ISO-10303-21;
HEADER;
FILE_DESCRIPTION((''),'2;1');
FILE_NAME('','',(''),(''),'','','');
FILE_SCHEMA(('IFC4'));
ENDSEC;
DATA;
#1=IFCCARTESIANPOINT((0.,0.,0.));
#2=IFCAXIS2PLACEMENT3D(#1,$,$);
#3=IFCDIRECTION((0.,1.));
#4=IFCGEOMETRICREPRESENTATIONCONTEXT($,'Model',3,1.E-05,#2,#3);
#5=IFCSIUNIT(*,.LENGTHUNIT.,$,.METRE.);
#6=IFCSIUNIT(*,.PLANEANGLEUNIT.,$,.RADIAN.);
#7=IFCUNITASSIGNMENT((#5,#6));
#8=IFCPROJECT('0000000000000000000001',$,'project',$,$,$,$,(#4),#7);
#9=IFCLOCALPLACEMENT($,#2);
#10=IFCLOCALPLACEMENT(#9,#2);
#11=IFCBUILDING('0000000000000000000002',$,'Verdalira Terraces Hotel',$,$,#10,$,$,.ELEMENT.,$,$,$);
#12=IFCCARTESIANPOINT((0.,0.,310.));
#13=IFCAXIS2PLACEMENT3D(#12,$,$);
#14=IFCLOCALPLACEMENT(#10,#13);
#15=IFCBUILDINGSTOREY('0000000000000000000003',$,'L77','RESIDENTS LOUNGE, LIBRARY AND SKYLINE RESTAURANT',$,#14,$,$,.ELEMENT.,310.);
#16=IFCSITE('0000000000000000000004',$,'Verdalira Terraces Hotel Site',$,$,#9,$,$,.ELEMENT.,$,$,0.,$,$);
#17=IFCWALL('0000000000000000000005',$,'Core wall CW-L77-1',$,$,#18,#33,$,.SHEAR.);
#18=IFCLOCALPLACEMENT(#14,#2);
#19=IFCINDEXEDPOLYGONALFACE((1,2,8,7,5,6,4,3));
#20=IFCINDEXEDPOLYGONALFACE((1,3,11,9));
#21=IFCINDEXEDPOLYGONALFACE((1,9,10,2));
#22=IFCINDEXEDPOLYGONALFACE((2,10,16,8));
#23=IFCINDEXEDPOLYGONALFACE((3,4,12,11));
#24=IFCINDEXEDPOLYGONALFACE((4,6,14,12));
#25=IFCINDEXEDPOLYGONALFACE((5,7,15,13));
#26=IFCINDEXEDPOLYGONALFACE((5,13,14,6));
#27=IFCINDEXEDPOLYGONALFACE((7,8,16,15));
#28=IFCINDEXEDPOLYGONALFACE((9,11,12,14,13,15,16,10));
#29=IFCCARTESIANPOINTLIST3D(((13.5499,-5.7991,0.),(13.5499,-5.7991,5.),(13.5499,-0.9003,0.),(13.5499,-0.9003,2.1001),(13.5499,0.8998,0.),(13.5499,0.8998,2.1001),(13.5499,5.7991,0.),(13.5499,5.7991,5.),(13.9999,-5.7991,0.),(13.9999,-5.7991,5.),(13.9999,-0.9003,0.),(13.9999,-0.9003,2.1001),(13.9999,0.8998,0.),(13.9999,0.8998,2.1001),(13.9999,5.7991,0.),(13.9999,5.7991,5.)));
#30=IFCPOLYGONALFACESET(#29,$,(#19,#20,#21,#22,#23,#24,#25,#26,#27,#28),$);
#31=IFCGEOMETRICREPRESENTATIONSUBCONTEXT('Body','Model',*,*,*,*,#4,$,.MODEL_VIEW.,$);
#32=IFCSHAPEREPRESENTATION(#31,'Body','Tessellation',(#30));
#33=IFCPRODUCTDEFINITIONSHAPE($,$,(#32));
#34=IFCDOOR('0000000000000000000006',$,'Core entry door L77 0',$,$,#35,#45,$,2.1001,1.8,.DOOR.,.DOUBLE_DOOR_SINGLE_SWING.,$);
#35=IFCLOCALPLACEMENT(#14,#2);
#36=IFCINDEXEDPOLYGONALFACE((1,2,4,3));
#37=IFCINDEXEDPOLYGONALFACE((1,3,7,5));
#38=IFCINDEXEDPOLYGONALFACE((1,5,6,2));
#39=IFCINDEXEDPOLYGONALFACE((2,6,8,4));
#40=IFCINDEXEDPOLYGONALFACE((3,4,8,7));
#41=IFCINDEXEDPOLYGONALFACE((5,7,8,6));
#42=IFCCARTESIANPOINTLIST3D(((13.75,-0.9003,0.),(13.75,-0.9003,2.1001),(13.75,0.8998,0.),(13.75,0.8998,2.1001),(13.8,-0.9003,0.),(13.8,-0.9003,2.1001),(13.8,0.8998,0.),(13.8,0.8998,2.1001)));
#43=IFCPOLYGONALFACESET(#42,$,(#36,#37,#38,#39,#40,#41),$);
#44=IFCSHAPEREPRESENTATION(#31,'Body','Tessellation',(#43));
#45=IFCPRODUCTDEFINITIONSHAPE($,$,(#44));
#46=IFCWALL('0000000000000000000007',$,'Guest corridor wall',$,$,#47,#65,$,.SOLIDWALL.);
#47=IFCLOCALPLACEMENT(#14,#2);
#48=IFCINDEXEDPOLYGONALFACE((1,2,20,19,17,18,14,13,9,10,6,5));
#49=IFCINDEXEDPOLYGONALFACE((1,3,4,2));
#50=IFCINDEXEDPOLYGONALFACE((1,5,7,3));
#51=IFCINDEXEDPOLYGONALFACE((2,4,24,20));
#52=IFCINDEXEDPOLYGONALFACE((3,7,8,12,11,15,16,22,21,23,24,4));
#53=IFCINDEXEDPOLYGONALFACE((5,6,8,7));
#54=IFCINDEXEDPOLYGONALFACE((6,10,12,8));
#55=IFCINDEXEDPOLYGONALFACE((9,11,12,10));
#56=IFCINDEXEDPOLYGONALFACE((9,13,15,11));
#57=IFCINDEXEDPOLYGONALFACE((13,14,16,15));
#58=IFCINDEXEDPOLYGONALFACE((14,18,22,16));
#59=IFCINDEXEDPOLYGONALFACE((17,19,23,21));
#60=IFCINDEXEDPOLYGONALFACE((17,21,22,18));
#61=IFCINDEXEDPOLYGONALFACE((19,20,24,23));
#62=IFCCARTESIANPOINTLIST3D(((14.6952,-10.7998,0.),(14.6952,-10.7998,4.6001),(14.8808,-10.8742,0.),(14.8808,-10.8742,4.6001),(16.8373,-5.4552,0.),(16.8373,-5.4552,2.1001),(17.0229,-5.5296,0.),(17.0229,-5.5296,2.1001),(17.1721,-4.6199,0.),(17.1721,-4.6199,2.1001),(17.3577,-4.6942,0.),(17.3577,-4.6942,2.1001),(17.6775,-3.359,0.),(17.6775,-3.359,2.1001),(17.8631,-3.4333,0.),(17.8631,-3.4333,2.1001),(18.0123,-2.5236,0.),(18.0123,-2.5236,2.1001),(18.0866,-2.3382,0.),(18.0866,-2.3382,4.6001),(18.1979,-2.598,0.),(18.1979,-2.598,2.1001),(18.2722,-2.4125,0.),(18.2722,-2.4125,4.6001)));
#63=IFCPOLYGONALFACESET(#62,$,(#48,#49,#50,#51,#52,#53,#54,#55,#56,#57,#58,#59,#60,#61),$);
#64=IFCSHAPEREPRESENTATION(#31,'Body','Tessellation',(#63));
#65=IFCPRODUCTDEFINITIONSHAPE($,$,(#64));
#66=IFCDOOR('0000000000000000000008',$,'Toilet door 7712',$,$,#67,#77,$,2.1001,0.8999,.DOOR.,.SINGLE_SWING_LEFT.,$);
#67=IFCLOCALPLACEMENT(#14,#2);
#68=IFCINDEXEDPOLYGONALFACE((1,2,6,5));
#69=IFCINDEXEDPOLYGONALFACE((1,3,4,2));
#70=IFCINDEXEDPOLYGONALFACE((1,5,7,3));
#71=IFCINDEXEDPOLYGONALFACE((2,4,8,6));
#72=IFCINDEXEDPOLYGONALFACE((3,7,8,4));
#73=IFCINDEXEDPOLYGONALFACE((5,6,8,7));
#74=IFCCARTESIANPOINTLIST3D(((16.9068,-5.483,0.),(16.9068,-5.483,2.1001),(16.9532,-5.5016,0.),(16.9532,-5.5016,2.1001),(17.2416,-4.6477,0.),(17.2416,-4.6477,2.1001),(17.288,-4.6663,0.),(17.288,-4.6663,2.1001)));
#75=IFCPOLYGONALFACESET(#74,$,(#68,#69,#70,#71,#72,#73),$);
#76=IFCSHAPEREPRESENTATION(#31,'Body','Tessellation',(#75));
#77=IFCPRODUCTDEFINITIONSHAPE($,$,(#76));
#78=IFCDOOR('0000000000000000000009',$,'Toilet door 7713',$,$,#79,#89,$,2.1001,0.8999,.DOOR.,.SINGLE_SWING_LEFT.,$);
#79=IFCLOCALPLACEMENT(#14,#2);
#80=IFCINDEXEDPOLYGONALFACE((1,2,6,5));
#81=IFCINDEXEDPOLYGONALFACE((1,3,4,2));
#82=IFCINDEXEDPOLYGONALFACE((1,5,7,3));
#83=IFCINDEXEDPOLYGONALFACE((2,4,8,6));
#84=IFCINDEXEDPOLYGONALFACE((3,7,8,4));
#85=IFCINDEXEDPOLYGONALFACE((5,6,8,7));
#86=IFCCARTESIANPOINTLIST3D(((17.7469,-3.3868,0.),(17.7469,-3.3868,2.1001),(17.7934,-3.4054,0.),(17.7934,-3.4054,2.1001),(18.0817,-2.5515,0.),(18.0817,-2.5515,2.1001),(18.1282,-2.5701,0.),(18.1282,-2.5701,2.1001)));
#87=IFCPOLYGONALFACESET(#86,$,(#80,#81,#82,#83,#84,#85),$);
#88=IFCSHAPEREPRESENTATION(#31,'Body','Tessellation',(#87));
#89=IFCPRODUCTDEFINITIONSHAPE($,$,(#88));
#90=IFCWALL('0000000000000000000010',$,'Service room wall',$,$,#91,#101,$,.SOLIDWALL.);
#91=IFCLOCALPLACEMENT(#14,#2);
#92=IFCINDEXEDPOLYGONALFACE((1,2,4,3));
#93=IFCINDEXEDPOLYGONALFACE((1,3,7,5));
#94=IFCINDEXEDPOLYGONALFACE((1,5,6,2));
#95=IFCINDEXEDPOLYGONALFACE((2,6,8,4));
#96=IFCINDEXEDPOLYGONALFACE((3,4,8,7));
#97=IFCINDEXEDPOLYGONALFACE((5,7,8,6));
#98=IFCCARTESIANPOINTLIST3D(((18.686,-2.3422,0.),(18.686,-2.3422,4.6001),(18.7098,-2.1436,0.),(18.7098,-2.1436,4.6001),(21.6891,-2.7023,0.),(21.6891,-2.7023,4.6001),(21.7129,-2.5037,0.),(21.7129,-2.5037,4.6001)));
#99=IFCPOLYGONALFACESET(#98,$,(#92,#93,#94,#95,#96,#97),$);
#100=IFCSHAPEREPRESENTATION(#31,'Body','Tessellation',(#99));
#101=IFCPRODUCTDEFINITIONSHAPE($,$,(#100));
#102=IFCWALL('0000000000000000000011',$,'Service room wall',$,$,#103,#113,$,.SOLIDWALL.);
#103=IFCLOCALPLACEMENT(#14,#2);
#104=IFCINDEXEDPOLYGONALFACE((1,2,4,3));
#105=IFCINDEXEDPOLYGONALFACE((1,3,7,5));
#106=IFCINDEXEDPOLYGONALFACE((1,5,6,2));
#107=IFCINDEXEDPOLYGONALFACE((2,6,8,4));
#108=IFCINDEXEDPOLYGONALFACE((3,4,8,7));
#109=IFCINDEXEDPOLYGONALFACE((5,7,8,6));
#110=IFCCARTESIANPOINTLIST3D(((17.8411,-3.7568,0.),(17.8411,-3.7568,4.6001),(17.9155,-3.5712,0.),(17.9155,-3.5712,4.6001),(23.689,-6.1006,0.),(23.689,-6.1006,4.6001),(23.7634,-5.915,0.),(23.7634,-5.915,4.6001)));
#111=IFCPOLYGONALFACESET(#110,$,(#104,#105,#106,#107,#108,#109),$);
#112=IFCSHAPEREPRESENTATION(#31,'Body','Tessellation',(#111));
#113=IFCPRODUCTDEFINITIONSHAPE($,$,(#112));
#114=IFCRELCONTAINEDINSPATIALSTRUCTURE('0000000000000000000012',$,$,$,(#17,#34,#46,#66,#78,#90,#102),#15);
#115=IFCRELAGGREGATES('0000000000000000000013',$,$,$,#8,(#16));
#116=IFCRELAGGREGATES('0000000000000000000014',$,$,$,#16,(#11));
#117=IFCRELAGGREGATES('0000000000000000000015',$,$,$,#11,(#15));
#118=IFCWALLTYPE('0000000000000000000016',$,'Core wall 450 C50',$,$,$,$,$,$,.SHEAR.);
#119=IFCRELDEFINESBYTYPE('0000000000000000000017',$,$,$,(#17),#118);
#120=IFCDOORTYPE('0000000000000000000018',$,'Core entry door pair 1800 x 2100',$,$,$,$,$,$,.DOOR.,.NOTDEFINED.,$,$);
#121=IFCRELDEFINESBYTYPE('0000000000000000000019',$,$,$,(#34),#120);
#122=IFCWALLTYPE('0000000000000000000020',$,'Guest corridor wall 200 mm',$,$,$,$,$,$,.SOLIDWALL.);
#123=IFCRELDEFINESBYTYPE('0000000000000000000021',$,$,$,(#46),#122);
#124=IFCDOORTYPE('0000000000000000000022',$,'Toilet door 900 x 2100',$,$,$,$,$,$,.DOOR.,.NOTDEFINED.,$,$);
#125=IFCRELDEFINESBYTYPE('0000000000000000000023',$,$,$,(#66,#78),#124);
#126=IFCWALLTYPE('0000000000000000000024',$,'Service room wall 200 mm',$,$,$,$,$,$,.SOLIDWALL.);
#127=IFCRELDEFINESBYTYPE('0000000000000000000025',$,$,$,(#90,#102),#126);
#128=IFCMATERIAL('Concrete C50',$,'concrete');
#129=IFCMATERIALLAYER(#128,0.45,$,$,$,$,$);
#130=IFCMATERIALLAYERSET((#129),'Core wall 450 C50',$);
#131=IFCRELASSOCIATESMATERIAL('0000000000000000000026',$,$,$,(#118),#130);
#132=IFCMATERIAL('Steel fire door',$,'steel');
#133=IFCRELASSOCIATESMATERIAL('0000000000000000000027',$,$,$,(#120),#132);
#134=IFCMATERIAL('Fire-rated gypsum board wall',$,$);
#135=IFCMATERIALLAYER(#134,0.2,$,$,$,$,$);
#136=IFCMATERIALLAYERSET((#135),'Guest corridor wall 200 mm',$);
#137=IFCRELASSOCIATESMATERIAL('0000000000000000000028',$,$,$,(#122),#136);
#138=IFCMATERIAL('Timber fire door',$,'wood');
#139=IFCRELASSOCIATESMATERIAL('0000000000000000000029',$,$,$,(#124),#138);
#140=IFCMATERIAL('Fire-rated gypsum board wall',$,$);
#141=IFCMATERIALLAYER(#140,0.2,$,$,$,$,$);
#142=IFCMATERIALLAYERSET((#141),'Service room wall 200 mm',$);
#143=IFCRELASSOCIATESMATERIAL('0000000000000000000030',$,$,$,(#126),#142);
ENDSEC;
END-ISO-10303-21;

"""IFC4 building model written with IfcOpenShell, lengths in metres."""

from ifc_helpers import new_model, si_unit, direction, frame, frame_2d, origin, place, context, subcontext, project, spatial, rectangle, extrude, material, layer, layer_set, type_object, element, fill, save


model = new_model("IFC4")

# Units and contexts
model_context = context("Model", 3, precision=1e-05, world=origin(), true_north=direction((0.0, 1.0)))
body_context = subcontext(model_context, "Body", "Model", "MODEL_VIEW")
ifc_project = project(units=[si_unit("LENGTHUNIT", "METRE"), si_unit("PLANEANGLEUNIT", "RADIAN")], contexts=[model_context])

# Site, building, storey
site_placement = place(None, origin())
site = spatial("IfcSite", under=ifc_project, at=site_placement, Name="Verdalira Terraces Hotel Site", CompositionType="ELEMENT", RefElevation=0.0)
building_placement = place(site_placement, origin())
building = spatial("IfcBuilding", under=site, at=building_placement, Name="Verdalira Terraces Hotel", CompositionType="ELEMENT")
storey_placement = place(building_placement, frame((0.0, 0.0, 310.0)))
storey = spatial("IfcBuildingStorey", under=building, at=storey_placement, Name="L77", Description="RESIDENTS LOUNGE, LIBRARY AND SKYLINE RESTAURANT", CompositionType="ELEMENT", Elevation=310.0)

# Wall, opening, door
ifc_material_1 = material(Name="Concrete C50", Category="concrete")
ifc_layer_1 = layer(ifc_material_1, 0.45)
ifc_layer_set_1 = layer_set([ifc_layer_1], Name="Core wall 450 C50")
wall_type_1 = type_object("IfcWallType", Name="Core wall 450 C50", PredefinedType="SHEAR", material=ifc_layer_set_1)
wall_1_placement = place(storey_placement, frame((13.7749, -5.7991, 0.0), z_axis=(0.0, 0.0, 1.0), x_axis=(0.0, 1.0, 0.0)))
wall_1 = element("IfcWall", 1, at=wall_1_placement, inside=storey, type_object=wall_type_1, Name="Core wall CW-L77-1", PredefinedType="SHEAR", context=body_context, shape_type="SweptSolid", body=[
    extrude(rectangle(XDim=11.5981, YDim=0.45, at=frame_2d((5.7991, 0.0))), origin(), (0.0, 0.0, 1.0), 5.0),
])
opening_1_placement = place(wall_1_placement, frame((4.8989, 0.0, 0.0)))
opening_1 = element("IfcOpeningElement", 2, at=opening_1_placement, cuts=wall_1, PredefinedType="OPENING", context=body_context, shape_type="SweptSolid", body=[
    extrude(rectangle(XDim=1.8, YDim=2.1001, at=frame_2d((0.8999, 1.05))), frame((0.0, 0.2349, 0.0), z_axis=(0.0, -1.0, 0.0), x_axis=(1.0, 0.0, 0.0)), (0.0, 0.0, 1.0), 0.47),
])
ifc_material_2 = material(Name="Steel fire door", Category="steel")
door_type_1 = type_object("IfcDoorType", Name="Core entry door pair 1800 x 2100", OperationType="NOTDEFINED", PredefinedType="DOOR", material=ifc_material_2)
door_1_placement = place(opening_1_placement, origin())
door_1 = element("IfcDoor", 3, at=door_1_placement, inside=storey, type_object=door_type_1, Name="Core entry door L77 0", OperationType="DOUBLE_DOOR_SINGLE_SWING", OverallHeight=2.1001, OverallWidth=1.8, PredefinedType="DOOR", context=body_context, shape_type="SweptSolid", body=[
    extrude(rectangle(XDim=1.8, YDim=2.1001, at=frame_2d((0.8999, 1.05))), frame((0.0, 0.0249, 0.0), z_axis=(0.0, -1.0, 0.0), x_axis=(1.0, 0.0, 0.0)), (0.0, 0.0, 1.0), 0.05),
])
fill(opening_1, door_1)

# Wall, openings, doors
ifc_material_3 = material(Name="Fire-rated gypsum board wall")
ifc_layer_2 = layer(ifc_material_3, 0.2)
ifc_layer_set_2 = layer_set([ifc_layer_2], Name="Guest corridor wall 200 mm")
wall_type_2 = type_object("IfcWallType", Name="Guest corridor wall 200 mm", PredefinedType="SOLIDWALL", material=ifc_layer_set_2)
wall_2_placement = place(storey_placement, frame((18.1794, -2.3752, 0.0), z_axis=(0.0, 0.0, 1.0), x_axis=(-0.372023, -0.928223, 0.0)))
wall_2 = element("IfcWall", 4, at=wall_2_placement, inside=storey, type_object=wall_type_2, Name="Guest corridor wall", PredefinedType="SOLIDWALL", context=body_context, shape_type="SweptSolid", body=[
    extrude(rectangle(XDim=9.116, YDim=0.2, at=frame_2d((4.5581, 0.0))), origin(), (0.0, 0.0, 1.0), 4.6001),
])
opening_2_placement = place(wall_2_placement, frame((2.4583, 0.0, 0.0)))
opening_2 = element("IfcOpeningElement", 5, at=opening_2_placement, cuts=wall_2, PredefinedType="OPENING", context=body_context, shape_type="SweptSolid", body=[
    extrude(rectangle(XDim=0.8999, YDim=2.1001, at=frame_2d((0.45, 1.05))), frame((0.0, 0.1099, 0.0), z_axis=(0.0, -1.0, 0.0), x_axis=(1.0, 0.0, 0.0)), (0.0, 0.0, 1.0), 0.22),
])
opening_3_placement = place(wall_2_placement, frame((0.2, 0.0, 0.0)))
opening_3 = element("IfcOpeningElement", 6, at=opening_3_placement, cuts=wall_2, PredefinedType="OPENING", context=body_context, shape_type="SweptSolid", body=[
    extrude(rectangle(XDim=0.8999, YDim=2.1001, at=frame_2d((0.45, 1.05))), frame((0.0, 0.1099, 0.0), z_axis=(0.0, -1.0, 0.0), x_axis=(1.0, 0.0, 0.0)), (0.0, 0.0, 1.0), 0.22),
])
ifc_material_4 = material(Name="Timber fire door", Category="wood")
door_type_2 = type_object("IfcDoorType", Name="Toilet door 900 x 2100", OperationType="NOTDEFINED", PredefinedType="DOOR", material=ifc_material_4)
door_2_placement = place(opening_2_placement, origin())
door_2 = element("IfcDoor", 7, at=door_2_placement, inside=storey, type_object=door_type_2, Name="Toilet door 7712", OperationType="SINGLE_SWING_LEFT", OverallHeight=2.1001, OverallWidth=0.8999, PredefinedType="DOOR", context=body_context, shape_type="SweptSolid", body=[
    extrude(rectangle(XDim=0.8999, YDim=2.1001, at=frame_2d((0.45, 1.05))), frame((0.0, 0.0249, 0.0), z_axis=(0.0, -1.0, 0.0), x_axis=(1.0, 0.0, 0.0)), (0.0, 0.0, 1.0), 0.05),
])
fill(opening_2, door_2)
door_3_placement = place(opening_3_placement, origin())
door_3 = element("IfcDoor", 8, at=door_3_placement, inside=storey, type_object=door_type_2, Name="Toilet door 7713", OperationType="SINGLE_SWING_LEFT", OverallHeight=2.1001, OverallWidth=0.8999, PredefinedType="DOOR", context=body_context, shape_type="SweptSolid", body=[
    extrude(rectangle(XDim=0.8999, YDim=2.1001, at=frame_2d((0.45, 1.05))), frame((0.0, 0.0249, 0.0), z_axis=(0.0, -1.0, 0.0), x_axis=(1.0, 0.0, 0.0)), (0.0, 0.0, 1.0), 0.05),
])
fill(opening_3, door_3)

# Walls
ifc_material_5 = material(Name="Fire-rated gypsum board wall")
ifc_layer_3 = layer(ifc_material_5, 0.2)
ifc_layer_set_3 = layer_set([ifc_layer_3], Name="Service room wall 200 mm")
wall_type_3 = type_object("IfcWallType", Name="Service room wall 200 mm", PredefinedType="SOLIDWALL", material=ifc_layer_set_3)
wall_3_placement = place(storey_placement, frame((18.698, -2.2429, 0.0), z_axis=(0.0, 0.0, 1.0), x_axis=(0.992888, -0.119056, 0.0)))
element("IfcWall", 9, at=wall_3_placement, inside=storey, type_object=wall_type_3, Name="Service room wall", PredefinedType="SOLIDWALL", context=body_context, shape_type="SweptSolid", body=[
    extrude(rectangle(XDim=3.0247, YDim=0.2, at=frame_2d((1.5122, 0.0))), origin(), (0.0, 0.0, 1.0), 4.6001),
])
wall_4_placement = place(storey_placement, frame((17.8784, -3.6641, 0.0), z_axis=(0.0, 0.0, 1.0), x_axis=(0.928225, -0.372019, 0.0)))
element("IfcWall", 10, at=wall_4_placement, inside=storey, type_object=wall_type_3, Name="Service room wall", PredefinedType="SOLIDWALL", context=body_context, shape_type="SweptSolid", body=[
    extrude(rectangle(XDim=6.3, YDim=0.2, at=frame_2d((3.1499, 0.0))), origin(), (0.0, 0.0, 1.0), 4.6001),
])

save(model, "model.ifc")
